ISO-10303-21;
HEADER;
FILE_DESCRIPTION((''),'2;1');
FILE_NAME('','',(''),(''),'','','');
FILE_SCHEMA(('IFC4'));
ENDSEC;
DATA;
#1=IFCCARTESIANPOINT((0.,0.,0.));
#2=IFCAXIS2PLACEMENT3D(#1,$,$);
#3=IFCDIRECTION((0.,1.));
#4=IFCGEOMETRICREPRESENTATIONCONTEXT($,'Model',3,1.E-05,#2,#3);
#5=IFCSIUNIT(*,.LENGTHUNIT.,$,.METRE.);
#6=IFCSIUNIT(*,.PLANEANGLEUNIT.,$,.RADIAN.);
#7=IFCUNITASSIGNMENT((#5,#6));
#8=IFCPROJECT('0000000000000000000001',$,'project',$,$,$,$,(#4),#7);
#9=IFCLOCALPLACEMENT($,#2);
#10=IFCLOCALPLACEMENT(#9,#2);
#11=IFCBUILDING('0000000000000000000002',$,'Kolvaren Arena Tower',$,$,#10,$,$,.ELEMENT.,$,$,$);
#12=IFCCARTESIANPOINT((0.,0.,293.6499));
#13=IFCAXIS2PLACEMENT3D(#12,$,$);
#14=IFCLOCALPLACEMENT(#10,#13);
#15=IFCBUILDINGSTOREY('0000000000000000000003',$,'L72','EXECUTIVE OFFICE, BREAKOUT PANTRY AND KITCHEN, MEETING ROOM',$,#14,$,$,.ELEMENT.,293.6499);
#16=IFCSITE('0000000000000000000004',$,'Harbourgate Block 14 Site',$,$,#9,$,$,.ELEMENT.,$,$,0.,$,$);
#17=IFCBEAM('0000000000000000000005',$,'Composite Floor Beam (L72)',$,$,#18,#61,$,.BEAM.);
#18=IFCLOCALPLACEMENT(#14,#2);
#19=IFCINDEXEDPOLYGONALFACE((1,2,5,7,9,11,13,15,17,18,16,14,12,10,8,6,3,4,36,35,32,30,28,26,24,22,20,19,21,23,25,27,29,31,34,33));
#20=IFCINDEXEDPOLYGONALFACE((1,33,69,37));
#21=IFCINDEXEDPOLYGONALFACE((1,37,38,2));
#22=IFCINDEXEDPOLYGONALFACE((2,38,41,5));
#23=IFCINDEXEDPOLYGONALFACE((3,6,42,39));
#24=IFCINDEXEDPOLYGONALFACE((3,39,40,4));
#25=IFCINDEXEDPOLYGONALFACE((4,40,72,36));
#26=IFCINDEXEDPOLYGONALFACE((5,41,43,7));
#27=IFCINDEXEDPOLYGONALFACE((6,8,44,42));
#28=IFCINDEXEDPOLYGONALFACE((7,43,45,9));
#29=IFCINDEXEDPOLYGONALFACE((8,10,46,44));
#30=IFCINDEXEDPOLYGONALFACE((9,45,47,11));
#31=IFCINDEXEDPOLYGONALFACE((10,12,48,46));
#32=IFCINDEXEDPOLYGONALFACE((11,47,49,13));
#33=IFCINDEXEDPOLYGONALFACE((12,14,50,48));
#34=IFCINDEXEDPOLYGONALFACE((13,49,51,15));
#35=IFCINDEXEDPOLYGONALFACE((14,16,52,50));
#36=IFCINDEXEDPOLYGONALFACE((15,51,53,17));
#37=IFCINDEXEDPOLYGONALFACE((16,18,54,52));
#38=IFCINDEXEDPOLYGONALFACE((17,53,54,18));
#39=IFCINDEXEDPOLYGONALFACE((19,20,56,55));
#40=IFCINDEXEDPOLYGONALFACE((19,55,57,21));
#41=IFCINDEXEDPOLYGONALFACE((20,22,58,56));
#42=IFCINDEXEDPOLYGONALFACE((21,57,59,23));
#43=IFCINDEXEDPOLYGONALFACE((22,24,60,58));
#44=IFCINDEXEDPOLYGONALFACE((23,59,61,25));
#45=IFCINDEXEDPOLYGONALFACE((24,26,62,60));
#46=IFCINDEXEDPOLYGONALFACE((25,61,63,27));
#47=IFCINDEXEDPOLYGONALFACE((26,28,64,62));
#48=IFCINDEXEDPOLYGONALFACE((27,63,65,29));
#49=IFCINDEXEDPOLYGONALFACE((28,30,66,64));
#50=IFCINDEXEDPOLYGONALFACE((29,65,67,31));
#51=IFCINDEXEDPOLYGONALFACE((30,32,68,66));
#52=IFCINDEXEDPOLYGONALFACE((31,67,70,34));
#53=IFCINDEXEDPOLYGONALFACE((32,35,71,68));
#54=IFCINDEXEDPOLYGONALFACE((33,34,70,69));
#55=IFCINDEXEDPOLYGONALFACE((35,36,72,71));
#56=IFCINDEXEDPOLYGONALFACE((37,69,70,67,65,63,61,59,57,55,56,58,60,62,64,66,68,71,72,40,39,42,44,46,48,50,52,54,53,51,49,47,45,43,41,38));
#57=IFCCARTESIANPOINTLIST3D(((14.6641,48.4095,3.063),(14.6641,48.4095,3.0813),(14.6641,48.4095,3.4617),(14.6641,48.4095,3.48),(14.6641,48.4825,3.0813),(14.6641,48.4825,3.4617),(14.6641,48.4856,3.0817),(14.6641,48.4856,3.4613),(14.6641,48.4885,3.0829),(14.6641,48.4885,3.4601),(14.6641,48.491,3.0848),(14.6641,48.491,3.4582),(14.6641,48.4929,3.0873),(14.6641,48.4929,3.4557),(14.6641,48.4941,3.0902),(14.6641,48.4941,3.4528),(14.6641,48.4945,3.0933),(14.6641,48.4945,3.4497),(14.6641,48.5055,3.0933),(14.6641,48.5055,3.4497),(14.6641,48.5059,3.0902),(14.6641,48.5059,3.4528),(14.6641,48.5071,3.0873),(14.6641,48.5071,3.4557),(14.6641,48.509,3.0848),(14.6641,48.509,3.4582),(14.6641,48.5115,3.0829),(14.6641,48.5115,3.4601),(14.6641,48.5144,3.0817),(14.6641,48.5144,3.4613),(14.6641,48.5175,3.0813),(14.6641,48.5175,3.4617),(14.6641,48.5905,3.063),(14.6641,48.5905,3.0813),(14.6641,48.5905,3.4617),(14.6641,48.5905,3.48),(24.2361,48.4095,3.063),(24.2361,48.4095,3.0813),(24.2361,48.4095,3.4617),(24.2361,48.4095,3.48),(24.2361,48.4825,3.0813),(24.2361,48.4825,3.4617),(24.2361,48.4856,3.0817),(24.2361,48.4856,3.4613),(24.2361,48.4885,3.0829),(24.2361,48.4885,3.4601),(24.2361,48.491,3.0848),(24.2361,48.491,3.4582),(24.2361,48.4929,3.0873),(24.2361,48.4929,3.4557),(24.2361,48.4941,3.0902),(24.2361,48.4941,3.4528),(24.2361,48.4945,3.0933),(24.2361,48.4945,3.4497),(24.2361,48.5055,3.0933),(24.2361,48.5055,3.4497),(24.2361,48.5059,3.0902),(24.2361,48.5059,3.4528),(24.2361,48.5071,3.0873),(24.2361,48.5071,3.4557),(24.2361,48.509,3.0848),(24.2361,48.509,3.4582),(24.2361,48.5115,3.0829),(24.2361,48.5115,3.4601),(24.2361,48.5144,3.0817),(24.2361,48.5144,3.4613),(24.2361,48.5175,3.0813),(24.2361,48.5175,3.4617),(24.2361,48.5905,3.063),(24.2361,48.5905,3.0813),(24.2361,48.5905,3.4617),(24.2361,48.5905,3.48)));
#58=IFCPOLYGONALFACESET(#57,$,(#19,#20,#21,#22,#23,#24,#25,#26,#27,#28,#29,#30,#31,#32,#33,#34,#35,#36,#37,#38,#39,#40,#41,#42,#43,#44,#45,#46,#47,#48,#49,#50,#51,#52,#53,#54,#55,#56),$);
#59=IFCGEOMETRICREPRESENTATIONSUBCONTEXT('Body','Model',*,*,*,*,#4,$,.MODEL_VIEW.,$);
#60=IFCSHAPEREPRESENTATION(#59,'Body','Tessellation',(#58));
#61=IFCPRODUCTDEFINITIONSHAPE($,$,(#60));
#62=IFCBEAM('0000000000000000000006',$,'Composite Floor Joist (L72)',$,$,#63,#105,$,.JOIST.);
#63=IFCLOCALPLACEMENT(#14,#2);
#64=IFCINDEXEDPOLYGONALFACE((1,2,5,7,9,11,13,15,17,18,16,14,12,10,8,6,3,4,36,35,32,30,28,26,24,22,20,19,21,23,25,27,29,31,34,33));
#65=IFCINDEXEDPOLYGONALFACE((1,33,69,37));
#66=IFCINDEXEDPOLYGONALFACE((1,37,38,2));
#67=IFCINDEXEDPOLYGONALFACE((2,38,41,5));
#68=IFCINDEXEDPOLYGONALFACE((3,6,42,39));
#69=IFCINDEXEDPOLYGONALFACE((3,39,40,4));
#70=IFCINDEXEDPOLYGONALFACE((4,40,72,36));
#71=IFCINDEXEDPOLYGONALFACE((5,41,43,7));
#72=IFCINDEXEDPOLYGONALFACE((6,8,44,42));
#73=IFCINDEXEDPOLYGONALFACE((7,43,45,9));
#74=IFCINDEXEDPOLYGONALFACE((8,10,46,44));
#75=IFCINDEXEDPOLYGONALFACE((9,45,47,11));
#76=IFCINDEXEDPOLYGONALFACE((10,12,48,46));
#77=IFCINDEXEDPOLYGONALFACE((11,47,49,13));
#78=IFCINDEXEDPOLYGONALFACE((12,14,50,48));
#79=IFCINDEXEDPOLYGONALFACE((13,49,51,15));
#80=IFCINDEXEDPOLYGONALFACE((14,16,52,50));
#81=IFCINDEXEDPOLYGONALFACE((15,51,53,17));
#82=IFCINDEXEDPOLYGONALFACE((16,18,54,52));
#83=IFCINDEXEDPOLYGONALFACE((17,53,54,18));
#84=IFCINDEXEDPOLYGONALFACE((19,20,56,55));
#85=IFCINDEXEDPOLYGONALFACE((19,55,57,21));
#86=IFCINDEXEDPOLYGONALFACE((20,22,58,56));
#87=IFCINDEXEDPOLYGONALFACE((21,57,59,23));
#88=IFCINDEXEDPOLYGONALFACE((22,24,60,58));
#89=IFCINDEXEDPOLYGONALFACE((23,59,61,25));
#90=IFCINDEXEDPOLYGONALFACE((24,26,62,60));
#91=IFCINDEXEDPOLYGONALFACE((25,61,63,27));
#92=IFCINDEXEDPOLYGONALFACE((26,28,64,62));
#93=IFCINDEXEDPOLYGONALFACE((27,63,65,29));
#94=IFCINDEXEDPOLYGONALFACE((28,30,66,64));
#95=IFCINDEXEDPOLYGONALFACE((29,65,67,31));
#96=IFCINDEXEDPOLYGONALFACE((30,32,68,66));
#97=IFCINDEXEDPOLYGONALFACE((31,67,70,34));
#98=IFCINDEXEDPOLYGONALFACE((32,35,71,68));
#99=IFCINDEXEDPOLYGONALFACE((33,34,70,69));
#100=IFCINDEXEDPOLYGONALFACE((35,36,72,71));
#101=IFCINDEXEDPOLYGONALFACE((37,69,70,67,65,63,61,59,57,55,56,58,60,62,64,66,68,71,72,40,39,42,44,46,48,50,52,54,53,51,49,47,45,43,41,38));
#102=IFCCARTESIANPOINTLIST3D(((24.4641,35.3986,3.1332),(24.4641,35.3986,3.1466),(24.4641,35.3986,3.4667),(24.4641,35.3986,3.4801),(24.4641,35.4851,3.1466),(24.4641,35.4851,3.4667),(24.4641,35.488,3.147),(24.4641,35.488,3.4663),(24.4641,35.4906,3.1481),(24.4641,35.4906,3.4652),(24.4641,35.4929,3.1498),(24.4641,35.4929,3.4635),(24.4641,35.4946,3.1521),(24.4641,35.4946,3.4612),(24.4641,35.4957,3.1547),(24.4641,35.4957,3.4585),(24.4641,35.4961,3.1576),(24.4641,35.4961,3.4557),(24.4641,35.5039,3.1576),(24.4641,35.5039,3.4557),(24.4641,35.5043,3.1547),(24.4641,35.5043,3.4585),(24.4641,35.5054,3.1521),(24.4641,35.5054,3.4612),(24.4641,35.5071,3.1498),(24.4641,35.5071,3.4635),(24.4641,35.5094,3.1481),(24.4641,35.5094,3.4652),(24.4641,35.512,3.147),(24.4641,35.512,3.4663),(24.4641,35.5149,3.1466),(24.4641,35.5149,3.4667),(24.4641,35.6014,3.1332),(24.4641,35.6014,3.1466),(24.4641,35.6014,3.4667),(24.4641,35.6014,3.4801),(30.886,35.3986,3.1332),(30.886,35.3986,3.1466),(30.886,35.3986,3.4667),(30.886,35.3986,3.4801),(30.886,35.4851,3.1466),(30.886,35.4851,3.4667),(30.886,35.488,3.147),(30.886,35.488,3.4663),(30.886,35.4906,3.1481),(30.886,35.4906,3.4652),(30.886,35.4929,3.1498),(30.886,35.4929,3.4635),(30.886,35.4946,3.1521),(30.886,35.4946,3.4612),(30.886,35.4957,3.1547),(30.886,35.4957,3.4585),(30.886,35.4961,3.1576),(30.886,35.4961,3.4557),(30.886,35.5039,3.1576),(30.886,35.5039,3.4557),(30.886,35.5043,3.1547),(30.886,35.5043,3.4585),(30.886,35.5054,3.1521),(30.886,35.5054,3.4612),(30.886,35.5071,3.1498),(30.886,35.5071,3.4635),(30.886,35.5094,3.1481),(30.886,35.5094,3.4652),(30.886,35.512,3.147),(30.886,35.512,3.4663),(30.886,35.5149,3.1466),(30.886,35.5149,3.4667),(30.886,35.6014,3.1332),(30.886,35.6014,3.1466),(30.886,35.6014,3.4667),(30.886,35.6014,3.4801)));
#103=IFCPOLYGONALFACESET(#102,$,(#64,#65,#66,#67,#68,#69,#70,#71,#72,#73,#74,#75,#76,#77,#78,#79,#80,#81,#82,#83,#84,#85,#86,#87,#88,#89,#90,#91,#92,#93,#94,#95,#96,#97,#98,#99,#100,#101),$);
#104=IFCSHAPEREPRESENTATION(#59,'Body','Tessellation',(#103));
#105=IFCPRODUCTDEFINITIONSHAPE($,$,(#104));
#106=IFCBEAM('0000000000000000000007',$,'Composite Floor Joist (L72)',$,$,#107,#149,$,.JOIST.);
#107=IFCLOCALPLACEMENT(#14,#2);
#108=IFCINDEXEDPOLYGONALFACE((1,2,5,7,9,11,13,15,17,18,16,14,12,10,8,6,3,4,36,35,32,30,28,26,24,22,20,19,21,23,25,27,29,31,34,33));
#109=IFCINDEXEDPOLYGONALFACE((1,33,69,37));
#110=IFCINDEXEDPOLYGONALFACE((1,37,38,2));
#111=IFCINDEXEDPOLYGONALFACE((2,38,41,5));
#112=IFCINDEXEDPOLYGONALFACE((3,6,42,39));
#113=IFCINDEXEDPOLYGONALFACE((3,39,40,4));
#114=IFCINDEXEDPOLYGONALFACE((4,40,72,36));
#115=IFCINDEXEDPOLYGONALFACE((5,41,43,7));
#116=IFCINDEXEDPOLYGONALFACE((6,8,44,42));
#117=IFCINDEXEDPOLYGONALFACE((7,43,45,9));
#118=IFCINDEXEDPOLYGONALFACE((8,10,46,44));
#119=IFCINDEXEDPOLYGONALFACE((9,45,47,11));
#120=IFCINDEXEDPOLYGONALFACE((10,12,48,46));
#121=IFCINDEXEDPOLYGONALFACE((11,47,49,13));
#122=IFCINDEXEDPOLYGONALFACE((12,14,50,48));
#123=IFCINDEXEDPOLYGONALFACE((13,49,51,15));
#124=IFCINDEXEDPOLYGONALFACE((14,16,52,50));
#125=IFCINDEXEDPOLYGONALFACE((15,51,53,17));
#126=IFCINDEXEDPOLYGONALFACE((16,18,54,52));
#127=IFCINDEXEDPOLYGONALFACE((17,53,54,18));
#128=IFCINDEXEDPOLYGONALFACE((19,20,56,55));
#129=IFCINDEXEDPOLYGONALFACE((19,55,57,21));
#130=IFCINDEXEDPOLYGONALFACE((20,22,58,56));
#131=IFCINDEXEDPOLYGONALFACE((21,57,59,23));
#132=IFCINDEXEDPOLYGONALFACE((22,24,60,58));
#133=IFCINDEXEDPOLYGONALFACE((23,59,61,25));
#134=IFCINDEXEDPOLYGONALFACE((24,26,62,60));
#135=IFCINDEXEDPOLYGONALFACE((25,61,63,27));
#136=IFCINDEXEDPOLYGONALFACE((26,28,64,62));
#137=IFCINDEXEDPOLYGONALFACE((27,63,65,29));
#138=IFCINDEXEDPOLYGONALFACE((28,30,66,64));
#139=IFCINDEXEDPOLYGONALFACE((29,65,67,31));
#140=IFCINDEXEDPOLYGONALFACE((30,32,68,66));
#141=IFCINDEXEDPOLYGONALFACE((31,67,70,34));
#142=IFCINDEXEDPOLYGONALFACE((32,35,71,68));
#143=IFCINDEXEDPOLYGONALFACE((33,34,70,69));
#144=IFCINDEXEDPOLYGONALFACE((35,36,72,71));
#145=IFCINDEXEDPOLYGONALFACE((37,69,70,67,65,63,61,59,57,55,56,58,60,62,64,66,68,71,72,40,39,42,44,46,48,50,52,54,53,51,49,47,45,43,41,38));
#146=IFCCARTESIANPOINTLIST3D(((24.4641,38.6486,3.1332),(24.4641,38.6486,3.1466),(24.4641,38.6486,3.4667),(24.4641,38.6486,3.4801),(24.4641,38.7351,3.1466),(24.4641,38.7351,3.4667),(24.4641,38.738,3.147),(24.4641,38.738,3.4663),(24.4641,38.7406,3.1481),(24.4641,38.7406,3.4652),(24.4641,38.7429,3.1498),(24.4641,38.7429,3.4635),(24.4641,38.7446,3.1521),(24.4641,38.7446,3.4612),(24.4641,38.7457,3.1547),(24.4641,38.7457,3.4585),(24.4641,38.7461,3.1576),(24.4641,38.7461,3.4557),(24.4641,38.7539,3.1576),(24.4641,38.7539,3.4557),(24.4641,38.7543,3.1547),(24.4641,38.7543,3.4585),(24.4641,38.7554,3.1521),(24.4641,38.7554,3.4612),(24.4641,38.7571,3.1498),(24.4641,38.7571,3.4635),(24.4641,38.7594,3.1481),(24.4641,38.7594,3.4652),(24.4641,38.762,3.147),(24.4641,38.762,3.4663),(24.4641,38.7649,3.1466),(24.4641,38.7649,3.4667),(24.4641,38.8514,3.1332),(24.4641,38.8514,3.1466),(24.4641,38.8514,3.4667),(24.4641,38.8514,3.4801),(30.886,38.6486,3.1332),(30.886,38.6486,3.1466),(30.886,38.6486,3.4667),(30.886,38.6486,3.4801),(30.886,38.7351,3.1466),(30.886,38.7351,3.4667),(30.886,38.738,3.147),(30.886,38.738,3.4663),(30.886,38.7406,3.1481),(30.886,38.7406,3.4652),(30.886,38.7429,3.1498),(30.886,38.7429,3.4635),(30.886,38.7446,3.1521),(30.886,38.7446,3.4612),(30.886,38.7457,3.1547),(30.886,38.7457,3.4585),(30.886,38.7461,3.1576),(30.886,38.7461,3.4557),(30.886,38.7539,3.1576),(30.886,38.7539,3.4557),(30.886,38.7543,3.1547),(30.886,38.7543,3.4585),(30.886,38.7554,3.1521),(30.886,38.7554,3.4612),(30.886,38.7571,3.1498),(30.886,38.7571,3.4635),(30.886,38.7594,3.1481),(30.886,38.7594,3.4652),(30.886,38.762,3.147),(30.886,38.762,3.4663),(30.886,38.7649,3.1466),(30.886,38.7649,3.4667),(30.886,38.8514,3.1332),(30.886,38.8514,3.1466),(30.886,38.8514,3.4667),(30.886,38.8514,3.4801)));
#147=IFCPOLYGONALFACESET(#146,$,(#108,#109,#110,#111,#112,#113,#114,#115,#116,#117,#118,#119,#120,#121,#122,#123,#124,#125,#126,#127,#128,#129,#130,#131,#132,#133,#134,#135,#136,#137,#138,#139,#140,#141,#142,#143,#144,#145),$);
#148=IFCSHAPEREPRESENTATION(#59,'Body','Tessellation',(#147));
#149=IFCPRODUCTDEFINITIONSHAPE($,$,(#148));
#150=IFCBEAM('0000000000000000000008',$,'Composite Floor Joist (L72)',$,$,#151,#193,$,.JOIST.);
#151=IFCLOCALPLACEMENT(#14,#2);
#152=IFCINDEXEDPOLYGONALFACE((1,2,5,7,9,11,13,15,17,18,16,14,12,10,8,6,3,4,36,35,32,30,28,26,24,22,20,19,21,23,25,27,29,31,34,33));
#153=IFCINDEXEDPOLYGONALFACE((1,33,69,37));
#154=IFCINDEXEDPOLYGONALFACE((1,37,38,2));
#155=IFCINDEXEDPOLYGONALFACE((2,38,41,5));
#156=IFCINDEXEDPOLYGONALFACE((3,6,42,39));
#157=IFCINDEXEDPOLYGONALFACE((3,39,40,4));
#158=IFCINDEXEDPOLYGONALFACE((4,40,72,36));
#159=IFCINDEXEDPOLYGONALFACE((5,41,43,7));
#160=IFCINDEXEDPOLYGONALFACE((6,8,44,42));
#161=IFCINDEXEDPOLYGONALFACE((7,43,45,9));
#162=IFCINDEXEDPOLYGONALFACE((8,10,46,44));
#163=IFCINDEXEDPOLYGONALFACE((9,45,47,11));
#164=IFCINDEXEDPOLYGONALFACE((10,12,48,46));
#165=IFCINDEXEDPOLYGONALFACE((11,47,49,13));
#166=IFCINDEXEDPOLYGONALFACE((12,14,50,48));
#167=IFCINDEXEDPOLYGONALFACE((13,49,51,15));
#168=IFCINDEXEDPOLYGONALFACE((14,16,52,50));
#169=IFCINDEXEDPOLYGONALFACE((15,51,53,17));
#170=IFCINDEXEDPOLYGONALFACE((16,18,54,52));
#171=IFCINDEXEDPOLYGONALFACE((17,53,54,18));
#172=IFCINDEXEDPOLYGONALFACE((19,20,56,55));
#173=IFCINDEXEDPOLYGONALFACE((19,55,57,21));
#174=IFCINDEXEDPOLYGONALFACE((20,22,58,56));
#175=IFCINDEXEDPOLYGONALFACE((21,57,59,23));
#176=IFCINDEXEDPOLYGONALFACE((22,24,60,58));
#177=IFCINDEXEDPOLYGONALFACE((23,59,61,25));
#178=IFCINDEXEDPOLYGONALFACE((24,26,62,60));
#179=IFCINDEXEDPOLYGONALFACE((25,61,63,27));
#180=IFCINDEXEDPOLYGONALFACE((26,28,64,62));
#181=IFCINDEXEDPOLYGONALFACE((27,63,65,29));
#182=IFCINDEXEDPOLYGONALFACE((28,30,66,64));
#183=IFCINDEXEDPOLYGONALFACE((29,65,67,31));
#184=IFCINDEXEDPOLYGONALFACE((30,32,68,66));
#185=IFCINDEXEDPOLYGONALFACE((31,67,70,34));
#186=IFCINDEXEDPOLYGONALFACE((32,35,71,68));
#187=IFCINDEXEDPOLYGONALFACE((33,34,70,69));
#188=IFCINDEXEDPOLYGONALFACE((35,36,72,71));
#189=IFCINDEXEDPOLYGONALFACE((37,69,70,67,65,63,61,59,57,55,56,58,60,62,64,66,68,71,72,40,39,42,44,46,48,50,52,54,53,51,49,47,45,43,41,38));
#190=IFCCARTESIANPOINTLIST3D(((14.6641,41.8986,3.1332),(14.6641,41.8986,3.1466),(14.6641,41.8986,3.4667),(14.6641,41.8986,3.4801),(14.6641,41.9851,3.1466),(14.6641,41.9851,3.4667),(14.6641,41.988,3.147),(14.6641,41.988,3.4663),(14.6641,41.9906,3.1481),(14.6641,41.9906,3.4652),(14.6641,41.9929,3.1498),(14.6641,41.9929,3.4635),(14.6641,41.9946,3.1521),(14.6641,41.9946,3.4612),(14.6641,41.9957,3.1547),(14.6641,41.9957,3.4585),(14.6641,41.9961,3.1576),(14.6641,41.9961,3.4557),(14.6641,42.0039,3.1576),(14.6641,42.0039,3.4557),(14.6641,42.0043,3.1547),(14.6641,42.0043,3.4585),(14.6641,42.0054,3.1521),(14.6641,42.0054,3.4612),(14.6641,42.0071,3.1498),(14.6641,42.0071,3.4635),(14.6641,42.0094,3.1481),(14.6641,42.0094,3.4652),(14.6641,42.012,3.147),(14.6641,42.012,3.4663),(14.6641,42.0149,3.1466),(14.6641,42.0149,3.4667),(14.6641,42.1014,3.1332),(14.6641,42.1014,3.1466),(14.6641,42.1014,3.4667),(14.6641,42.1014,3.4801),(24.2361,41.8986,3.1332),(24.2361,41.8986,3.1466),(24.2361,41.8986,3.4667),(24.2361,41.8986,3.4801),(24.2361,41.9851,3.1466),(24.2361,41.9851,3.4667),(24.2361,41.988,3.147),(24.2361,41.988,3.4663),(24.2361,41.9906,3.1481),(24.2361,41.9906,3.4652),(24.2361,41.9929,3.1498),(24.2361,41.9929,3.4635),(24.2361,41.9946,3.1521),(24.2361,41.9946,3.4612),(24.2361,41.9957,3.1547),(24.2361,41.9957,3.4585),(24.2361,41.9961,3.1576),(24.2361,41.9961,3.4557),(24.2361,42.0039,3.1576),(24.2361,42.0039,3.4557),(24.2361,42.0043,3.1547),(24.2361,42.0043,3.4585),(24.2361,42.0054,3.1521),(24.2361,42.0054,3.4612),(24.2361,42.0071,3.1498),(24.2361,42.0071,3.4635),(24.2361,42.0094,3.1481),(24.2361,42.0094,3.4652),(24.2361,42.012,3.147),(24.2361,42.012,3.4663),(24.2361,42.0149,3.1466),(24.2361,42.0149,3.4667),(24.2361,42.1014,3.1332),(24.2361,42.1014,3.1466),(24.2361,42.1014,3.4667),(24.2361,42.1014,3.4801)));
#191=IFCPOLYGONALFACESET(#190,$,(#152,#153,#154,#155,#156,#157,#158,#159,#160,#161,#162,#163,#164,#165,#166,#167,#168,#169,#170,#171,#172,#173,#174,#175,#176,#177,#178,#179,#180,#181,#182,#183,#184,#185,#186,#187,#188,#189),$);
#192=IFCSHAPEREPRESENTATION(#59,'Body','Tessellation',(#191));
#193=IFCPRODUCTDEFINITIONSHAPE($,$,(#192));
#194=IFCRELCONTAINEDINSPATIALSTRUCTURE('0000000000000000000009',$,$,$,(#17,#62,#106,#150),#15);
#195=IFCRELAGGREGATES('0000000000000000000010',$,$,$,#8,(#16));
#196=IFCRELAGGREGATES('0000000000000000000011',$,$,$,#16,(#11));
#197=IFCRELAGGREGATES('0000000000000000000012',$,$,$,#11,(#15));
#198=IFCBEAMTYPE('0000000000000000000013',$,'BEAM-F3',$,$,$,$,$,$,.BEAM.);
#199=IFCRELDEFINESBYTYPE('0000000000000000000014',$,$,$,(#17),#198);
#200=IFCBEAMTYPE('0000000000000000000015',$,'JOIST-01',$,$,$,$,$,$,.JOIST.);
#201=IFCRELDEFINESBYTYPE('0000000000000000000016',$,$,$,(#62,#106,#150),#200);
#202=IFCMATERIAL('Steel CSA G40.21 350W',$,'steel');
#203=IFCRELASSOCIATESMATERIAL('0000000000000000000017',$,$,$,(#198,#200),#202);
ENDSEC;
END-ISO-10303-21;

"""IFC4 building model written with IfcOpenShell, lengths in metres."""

from ifc_helpers import new_model, si_unit, direction, frame, origin, origin_2d, place, context, subcontext, project, spatial, i_section, extrude, material, material_profile, profile_set, type_object, element, save


model = new_model("IFC4")

# Units and contexts
model_context = context("Model", 3, precision=1e-05, world=origin(), true_north=direction((0.0, 1.0)))
body_context = subcontext(model_context, "Body", "Model", "MODEL_VIEW")
ifc_project = project(units=[si_unit("LENGTHUNIT", "METRE"), si_unit("PLANEANGLEUNIT", "RADIAN")], contexts=[model_context])

# Site, building, storey
site_placement = place(None, origin())
site = spatial("IfcSite", under=ifc_project, at=site_placement, Name="Harbourgate Block 14 Site", CompositionType="ELEMENT", RefElevation=0.0)
building_placement = place(site_placement, origin())
building = spatial("IfcBuilding", under=site, at=building_placement, Name="Kolvaren Arena Tower", CompositionType="ELEMENT")
storey_placement = place(building_placement, frame((0.0, 0.0, 293.6499)))
storey = spatial("IfcBuildingStorey", under=building, at=storey_placement, Name="L72", Description="EXECUTIVE OFFICE, BREAKOUT PANTRY AND KITCHEN, MEETING ROOM", CompositionType="ELEMENT", Elevation=293.6499)

# Beams
ifc_material_1 = material(Name="Steel CSA G40.21 350W", Category="steel")
ifc_material_profile_1 = material_profile(ifc_material_1, i_section(OverallWidth=0.1809, OverallDepth=0.417, WebThickness=0.011, FlangeThickness=0.0183, FilletRadius=0.012, at=origin_2d()), Name="W410x85")
ifc_profile_set_1 = profile_set([ifc_material_profile_1], Name="Steel CSA G40.21 350W")
beam_type_1 = type_object("IfcBeamType", Name="BEAM-F3", PredefinedType="BEAM", material=ifc_profile_set_1)
beam_1_placement = place(storey_placement, frame((14.6641, 48.5, 3.2715), z_axis=(1.0, 0.0, 0.0), x_axis=(0.0, 1.0, 0.0)))
element("IfcBeam", 1, at=beam_1_placement, inside=storey, type_object=beam_type_1, Name="Composite Floor Beam (L72)", PredefinedType="BEAM", context=body_context, shape_type="SweptSolid", body=[
    extrude(i_section(OverallWidth=0.1809, OverallDepth=0.417, WebThickness=0.011, FlangeThickness=0.0183, FilletRadius=0.012, at=origin_2d()), origin(), (0.0, 0.0, 1.0), 9.572),
])
ifc_material_profile_2 = material_profile(ifc_material_1, i_section(OverallWidth=0.2029, OverallDepth=0.3469, WebThickness=0.0078, FlangeThickness=0.0134, FilletRadius=0.011, at=origin_2d()), Name="W360x64")
ifc_profile_set_2 = profile_set([ifc_material_profile_2], Name="Steel CSA G40.21 350W")
beam_type_2 = type_object("IfcBeamType", Name="JOIST-01", PredefinedType="JOIST", material=ifc_profile_set_2)
for number, where, z_axis, x_axis, name in (
    (2, (24.4641, 35.5, 3.3066), (1.0, 0.0, 0.0), (0.0, 1.0, 0.0), "Composite Floor Joist (L72)"),
    (3, (24.4641, 38.75, 3.3066), (1.0, 0.0, 0.0), (0.0, 1.0, 0.0), "Composite Floor Joist (L72)"),
):
    element("IfcBeam", number, at=place(storey_placement, frame(where, z_axis=z_axis, x_axis=x_axis)), inside=storey, type_object=beam_type_2, Name=name, PredefinedType="JOIST", context=body_context, shape_type="SweptSolid", body=[
        extrude(i_section(OverallWidth=0.2029, OverallDepth=0.3469, WebThickness=0.0078, FlangeThickness=0.0134, FilletRadius=0.011, at=origin_2d()), origin(), (0.0, 0.0, 1.0), 6.4219),
    ])
beam_2_placement = place(storey_placement, frame((14.6641, 42.0, 3.3066), z_axis=(1.0, 0.0, 0.0), x_axis=(0.0, 1.0, 0.0)))
element("IfcBeam", 4, at=beam_2_placement, inside=storey, type_object=beam_type_2, Name="Composite Floor Joist (L72)", PredefinedType="JOIST", context=body_context, shape_type="SweptSolid", body=[
    extrude(i_section(OverallWidth=0.2029, OverallDepth=0.3469, WebThickness=0.0078, FlangeThickness=0.0134, FilletRadius=0.011, at=origin_2d()), origin(), (0.0, 0.0, 1.0), 9.572),
])

save(model, "model.ifc")
